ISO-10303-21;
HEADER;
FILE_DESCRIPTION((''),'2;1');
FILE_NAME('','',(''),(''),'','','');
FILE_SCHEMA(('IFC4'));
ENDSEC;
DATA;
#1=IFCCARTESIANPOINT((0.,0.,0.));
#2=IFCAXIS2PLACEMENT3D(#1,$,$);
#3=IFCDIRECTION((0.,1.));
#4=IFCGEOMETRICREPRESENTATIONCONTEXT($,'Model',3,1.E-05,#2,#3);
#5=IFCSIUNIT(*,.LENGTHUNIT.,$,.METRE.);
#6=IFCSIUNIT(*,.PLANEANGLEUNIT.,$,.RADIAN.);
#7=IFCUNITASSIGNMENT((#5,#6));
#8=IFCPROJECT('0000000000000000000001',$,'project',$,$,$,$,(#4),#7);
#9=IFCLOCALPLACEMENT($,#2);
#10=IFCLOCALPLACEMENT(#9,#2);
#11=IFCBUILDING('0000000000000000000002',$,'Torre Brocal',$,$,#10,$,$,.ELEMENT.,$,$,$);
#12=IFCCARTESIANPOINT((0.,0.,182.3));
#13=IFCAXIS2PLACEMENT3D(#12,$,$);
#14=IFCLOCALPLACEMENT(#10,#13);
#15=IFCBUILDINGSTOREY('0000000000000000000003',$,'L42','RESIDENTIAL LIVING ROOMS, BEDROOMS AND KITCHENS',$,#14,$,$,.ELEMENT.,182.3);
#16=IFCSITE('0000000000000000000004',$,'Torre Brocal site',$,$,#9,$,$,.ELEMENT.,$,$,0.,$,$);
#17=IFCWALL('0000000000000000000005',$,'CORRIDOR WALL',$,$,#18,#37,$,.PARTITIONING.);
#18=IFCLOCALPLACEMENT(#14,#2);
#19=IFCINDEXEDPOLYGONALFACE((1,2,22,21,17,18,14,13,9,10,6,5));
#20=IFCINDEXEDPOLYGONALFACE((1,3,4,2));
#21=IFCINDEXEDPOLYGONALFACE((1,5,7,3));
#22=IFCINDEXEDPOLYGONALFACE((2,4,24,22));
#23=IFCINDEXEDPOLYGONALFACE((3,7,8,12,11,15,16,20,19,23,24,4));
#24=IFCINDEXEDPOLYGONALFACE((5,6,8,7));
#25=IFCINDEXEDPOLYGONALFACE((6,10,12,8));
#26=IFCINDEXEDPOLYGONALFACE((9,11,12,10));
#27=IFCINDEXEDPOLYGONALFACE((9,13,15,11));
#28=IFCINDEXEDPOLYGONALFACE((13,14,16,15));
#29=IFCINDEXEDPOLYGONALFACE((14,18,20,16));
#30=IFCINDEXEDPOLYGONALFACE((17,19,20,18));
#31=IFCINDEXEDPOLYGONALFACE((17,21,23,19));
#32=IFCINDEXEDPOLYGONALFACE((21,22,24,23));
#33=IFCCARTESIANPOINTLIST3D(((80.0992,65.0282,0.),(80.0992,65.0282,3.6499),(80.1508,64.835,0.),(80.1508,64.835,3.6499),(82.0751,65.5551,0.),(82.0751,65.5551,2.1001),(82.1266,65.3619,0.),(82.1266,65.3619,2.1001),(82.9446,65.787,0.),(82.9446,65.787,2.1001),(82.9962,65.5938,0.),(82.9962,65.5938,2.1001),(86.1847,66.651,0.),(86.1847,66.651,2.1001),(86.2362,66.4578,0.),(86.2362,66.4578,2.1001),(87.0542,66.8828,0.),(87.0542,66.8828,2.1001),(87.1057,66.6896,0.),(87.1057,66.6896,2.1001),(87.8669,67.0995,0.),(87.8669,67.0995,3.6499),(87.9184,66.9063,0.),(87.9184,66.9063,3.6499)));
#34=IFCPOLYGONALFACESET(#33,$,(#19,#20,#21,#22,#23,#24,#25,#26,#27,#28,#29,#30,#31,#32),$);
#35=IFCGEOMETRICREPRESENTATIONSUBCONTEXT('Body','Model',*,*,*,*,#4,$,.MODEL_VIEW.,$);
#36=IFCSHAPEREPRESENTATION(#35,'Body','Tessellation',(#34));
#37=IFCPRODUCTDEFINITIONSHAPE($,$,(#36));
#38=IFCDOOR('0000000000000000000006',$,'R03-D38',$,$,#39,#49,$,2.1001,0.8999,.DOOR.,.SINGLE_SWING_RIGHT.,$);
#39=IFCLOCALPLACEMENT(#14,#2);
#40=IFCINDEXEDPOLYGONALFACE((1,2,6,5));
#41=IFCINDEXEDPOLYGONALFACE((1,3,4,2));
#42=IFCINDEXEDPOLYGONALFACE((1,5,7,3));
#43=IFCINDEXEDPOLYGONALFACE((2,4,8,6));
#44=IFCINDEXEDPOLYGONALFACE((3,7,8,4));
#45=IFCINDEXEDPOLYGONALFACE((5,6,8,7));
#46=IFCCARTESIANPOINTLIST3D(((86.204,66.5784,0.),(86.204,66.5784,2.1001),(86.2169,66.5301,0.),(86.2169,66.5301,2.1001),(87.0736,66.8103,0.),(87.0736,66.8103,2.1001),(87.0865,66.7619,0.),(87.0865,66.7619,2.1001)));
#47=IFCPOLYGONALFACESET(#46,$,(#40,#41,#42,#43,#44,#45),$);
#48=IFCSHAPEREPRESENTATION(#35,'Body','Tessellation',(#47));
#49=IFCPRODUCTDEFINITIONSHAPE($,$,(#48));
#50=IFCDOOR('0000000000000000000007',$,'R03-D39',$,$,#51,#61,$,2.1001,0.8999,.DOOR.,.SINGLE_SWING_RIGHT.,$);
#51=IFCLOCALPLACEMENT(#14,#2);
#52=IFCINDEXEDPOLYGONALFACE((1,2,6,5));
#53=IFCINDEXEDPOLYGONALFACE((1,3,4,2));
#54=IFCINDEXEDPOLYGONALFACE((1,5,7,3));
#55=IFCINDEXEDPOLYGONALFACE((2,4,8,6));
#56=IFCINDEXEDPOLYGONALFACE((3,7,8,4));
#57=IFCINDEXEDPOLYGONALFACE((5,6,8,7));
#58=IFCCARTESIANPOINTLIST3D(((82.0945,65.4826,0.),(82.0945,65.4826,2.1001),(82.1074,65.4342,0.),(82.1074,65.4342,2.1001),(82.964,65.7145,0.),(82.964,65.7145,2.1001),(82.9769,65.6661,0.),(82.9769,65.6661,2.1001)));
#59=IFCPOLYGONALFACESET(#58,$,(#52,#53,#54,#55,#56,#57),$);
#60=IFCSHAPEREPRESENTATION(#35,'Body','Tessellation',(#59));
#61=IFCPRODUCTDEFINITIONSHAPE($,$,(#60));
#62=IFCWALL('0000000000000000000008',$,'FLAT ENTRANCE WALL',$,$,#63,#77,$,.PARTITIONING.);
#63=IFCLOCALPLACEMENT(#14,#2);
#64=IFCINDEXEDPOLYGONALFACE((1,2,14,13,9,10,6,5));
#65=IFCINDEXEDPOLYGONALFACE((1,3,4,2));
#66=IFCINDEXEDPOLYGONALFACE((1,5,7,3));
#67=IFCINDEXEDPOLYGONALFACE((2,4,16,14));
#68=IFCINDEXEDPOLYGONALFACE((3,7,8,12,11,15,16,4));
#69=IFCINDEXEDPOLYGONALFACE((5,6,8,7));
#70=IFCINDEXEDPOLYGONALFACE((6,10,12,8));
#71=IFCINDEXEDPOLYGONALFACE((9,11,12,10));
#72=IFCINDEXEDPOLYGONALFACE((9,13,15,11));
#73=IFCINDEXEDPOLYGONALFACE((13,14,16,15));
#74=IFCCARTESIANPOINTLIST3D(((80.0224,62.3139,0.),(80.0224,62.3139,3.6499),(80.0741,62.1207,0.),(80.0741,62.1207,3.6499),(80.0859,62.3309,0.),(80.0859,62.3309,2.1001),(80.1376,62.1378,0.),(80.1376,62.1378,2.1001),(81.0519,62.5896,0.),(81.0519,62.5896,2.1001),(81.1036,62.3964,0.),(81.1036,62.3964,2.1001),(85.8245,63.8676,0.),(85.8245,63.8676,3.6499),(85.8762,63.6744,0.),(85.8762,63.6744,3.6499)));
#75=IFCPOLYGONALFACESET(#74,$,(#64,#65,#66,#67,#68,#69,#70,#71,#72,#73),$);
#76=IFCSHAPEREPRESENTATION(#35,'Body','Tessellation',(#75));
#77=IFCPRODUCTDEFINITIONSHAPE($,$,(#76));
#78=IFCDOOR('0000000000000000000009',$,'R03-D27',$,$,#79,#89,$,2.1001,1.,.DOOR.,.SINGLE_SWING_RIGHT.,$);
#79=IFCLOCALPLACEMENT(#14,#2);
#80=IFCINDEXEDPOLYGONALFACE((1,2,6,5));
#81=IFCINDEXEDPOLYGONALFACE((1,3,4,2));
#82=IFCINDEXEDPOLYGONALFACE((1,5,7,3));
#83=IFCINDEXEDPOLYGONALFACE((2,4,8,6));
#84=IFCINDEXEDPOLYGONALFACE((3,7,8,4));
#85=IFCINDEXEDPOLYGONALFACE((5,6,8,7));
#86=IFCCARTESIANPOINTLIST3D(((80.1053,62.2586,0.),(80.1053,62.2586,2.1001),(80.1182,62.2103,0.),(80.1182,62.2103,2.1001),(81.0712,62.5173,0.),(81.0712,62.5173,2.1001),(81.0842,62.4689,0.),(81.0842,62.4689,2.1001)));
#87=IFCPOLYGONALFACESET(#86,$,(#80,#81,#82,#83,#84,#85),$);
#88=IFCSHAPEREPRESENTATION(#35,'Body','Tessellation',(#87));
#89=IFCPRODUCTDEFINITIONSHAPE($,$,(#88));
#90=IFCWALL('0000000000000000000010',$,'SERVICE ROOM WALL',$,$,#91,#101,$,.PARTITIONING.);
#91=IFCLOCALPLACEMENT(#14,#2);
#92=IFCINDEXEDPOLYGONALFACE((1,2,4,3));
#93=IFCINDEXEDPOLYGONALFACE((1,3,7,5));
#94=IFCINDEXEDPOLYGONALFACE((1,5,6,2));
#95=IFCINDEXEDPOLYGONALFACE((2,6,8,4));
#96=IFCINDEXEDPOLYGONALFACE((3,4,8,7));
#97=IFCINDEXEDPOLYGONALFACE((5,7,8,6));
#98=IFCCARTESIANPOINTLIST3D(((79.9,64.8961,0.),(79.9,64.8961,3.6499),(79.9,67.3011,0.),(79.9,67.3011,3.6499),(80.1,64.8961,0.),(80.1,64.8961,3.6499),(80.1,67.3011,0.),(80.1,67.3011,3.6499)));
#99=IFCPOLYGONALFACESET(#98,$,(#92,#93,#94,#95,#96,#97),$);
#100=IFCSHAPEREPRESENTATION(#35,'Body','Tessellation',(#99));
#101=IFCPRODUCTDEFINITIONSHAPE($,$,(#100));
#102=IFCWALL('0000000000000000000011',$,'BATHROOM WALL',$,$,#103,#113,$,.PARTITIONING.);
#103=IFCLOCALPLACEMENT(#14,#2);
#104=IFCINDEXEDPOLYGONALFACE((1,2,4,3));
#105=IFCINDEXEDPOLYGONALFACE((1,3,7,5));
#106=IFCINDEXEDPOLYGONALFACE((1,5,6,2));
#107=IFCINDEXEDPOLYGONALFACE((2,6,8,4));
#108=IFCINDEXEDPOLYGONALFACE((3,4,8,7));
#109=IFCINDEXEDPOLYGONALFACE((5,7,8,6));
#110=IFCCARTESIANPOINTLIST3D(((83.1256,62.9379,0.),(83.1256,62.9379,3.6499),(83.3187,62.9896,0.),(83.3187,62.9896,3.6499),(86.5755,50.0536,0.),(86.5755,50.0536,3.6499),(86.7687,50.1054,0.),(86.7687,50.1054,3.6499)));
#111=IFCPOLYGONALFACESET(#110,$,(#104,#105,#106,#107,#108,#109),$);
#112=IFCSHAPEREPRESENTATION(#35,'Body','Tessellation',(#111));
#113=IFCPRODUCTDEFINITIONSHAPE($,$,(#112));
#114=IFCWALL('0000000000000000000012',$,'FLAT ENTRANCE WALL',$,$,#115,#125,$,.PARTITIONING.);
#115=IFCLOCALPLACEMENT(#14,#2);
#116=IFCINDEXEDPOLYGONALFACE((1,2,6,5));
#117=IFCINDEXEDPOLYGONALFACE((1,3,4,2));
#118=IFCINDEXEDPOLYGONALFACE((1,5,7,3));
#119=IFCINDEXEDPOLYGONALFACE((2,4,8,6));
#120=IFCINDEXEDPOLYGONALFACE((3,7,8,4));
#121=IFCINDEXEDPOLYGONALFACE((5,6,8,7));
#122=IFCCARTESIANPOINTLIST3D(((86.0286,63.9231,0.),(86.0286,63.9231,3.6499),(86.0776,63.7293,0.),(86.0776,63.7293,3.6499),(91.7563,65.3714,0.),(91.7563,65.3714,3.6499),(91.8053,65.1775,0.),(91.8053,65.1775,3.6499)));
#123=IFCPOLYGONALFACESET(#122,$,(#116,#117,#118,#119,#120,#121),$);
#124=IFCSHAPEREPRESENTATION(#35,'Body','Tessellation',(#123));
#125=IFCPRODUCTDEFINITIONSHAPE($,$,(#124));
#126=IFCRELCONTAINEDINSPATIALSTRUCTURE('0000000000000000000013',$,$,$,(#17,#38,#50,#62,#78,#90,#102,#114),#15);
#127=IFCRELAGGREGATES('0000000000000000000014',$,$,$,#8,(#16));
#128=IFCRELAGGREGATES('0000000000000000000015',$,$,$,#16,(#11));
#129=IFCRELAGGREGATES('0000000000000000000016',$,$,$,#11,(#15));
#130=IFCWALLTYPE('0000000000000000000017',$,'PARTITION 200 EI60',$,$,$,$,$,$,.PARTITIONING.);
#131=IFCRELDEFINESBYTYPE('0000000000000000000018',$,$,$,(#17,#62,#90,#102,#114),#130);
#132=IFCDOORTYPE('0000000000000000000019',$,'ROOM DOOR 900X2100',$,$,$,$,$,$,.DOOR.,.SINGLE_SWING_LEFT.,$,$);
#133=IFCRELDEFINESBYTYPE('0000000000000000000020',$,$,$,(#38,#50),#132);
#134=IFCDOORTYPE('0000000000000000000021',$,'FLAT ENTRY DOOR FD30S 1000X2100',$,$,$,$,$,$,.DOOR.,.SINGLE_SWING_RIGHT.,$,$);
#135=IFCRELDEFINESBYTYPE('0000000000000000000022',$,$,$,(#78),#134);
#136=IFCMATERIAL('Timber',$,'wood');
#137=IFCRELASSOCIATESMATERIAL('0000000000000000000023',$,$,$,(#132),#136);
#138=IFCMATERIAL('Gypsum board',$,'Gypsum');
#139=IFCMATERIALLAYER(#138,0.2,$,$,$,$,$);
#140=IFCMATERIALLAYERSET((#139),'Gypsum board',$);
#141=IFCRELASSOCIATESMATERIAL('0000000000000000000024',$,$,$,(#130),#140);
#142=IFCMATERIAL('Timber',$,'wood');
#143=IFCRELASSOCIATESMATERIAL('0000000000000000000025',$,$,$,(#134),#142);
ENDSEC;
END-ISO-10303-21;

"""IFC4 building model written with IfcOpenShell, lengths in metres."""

from ifc_helpers import new_model, si_unit, direction, frame, frame_2d, origin, place, context, subcontext, project, spatial, rectangle, extrude, material, layer, layer_set, type_object, element, fill, save


model = new_model("IFC4")

# Units and contexts
model_context = context("Model", 3, precision=1e-05, world=origin(), true_north=direction((0.0, 1.0)))
body_context = subcontext(model_context, "Body", "Model", "MODEL_VIEW")
ifc_project = project(units=[si_unit("LENGTHUNIT", "METRE"), si_unit("PLANEANGLEUNIT", "RADIAN")], contexts=[model_context])

# Site, building, storey
site_placement = place(None, origin())
site = spatial("IfcSite", under=ifc_project, at=site_placement, Name="Torre Brocal site", CompositionType="ELEMENT", RefElevation=0.0)
building_placement = place(site_placement, origin())
building = spatial("IfcBuilding", under=site, at=building_placement, Name="Torre Brocal", CompositionType="ELEMENT")
storey_placement = place(building_placement, frame((0.0, 0.0, 182.3)))
storey = spatial("IfcBuildingStorey", under=building, at=storey_placement, Name="L42", Description="RESIDENTIAL LIVING ROOMS, BEDROOMS AND KITCHENS", CompositionType="ELEMENT", Elevation=182.3)

# Shared definitions
ifc_material_1 = material(Name="Timber", Category="wood")
door_type_1 = type_object("IfcDoorType", Name="ROOM DOOR 900X2100", OperationType="SINGLE_SWING_LEFT", PredefinedType="DOOR", material=ifc_material_1)

# Wall, openings, doors
ifc_material_2 = material(Name="Gypsum board", Category="Gypsum")
ifc_layer_1 = layer(ifc_material_2, 0.2)
ifc_layer_set_1 = layer_set([ifc_layer_1], Name="Gypsum board")
wall_type_1 = type_object("IfcWallType", Name="PARTITION 200 EI60", PredefinedType="PARTITIONING", material=ifc_layer_set_1)
wall_1_placement = place(storey_placement, frame((80.125, 64.9316, 0.0), z_axis=(0.0, 0.0, 1.0), x_axis=(0.966237, 0.257655, 0.0)))
wall_1 = element("IfcWall", 1, at=wall_1_placement, inside=storey, type_object=wall_type_1, Name="CORRIDOR WALL", PredefinedType="PARTITIONING", context=body_context, shape_type="SweptSolid", body=[
    extrude(rectangle(XDim=8.0391, YDim=0.2, at=frame_2d((4.0195, 0.0))), origin(), (0.0, 0.0, 1.0), 3.6499),
])
opening_1_placement = place(wall_1_placement, frame((6.2981, 0.0, 0.0)))
opening_1 = element("IfcOpeningElement", 2, at=opening_1_placement, cuts=wall_1, PredefinedType="OPENING", context=body_context, shape_type="SweptSolid", body=[
    extrude(rectangle(XDim=0.8999, YDim=2.1001, at=frame_2d((0.45, 1.05))), frame((0.0, 0.1099, 0.0), z_axis=(0.0, -1.0, 0.0), x_axis=(1.0, 0.0, 0.0)), (0.0, 0.0, 1.0), 0.22),
])
opening_2_placement = place(wall_1_placement, frame((2.0449, 0.0, 0.0)))
opening_2 = element("IfcOpeningElement", 3, at=opening_2_placement, cuts=wall_1, PredefinedType="OPENING", context=body_context, shape_type="SweptSolid", body=[
    extrude(rectangle(XDim=0.8999, YDim=2.1001, at=frame_2d((0.45, 1.05))), frame((0.0, 0.1099, 0.0), z_axis=(0.0, -1.0, 0.0), x_axis=(1.0, 0.0, 0.0)), (0.0, 0.0, 1.0), 0.22),
])
door_1_placement = place(opening_1_placement, origin())
door_1 = element("IfcDoor", 4, at=door_1_placement, inside=storey, type_object=door_type_1, Name="R03-D38", OperationType="SINGLE_SWING_RIGHT", OverallHeight=2.1001, OverallWidth=0.8999, PredefinedType="DOOR", context=body_context, shape_type="SweptSolid", body=[
    extrude(rectangle(XDim=0.8999, YDim=2.1001, at=frame_2d((0.45, 1.05))), frame((0.0, 0.0249, 0.0), z_axis=(0.0, -1.0, 0.0), x_axis=(1.0, 0.0, 0.0)), (0.0, 0.0, 1.0), 0.05),
])
fill(opening_1, door_1)
door_2_placement = place(opening_2_placement, origin())
door_2 = element("IfcDoor", 5, at=door_2_placement, inside=storey, type_object=door_type_1, Name="R03-D39", OperationType="SINGLE_SWING_RIGHT", OverallHeight=2.1001, OverallWidth=0.8999, PredefinedType="DOOR", context=body_context, shape_type="SweptSolid", body=[
    extrude(rectangle(XDim=0.8999, YDim=2.1001, at=frame_2d((0.45, 1.05))), frame((0.0, 0.0249, 0.0), z_axis=(0.0, -1.0, 0.0), x_axis=(1.0, 0.0, 0.0)), (0.0, 0.0, 1.0), 0.05),
])
fill(opening_2, door_2)

# Wall, opening, door
wall_2_placement = place(storey_placement, frame((80.0481, 62.2173, 0.0), z_axis=(0.0, 0.0, 1.0), x_axis=(0.965967, 0.258664, 0.0)))
wall_2 = element("IfcWall", 6, at=wall_2_placement, inside=storey, type_object=wall_type_1, Name="FLAT ENTRANCE WALL", PredefinedType="PARTITIONING", context=body_context, shape_type="SweptSolid", body=[
    extrude(rectangle(XDim=6.0066, YDim=0.2, at=frame_2d((3.0034, 0.0))), origin(), (0.0, 0.0, 1.0), 3.6499),
])
opening_3_placement = place(wall_2_placement, frame((0.0659, 0.0, 0.0)))
opening_3 = element("IfcOpeningElement", 7, at=opening_3_placement, cuts=wall_2, PredefinedType="OPENING", context=body_context, shape_type="SweptSolid", body=[
    extrude(rectangle(XDim=1.0, YDim=2.1001, at=frame_2d((0.5, 1.05))), frame((0.0, 0.1099, 0.0), z_axis=(0.0, -1.0, 0.0), x_axis=(1.0, 0.0, 0.0)), (0.0, 0.0, 1.0), 0.22),
])
ifc_material_3 = material(Name="Timber", Category="wood")
door_type_2 = type_object("IfcDoorType", Name="FLAT ENTRY DOOR FD30S 1000X2100", OperationType="SINGLE_SWING_RIGHT", PredefinedType="DOOR", material=ifc_material_3)
door_3_placement = place(opening_3_placement, frame((1.0, 0.0, 0.0), z_axis=(0.0, 0.0, 1.0), x_axis=(-1.0, 0.0, 0.0)))
door_3 = element("IfcDoor", 8, at=door_3_placement, inside=storey, type_object=door_type_2, Name="R03-D27", OperationType="SINGLE_SWING_RIGHT", OverallHeight=2.1001, OverallWidth=1.0, PredefinedType="DOOR", context=body_context, shape_type="SweptSolid", body=[
    extrude(rectangle(XDim=1.0, YDim=2.1001, at=frame_2d((0.5, 1.05))), frame((0.0, 0.0249, 0.0), z_axis=(0.0, -1.0, 0.0), x_axis=(1.0, 0.0, 0.0)), (0.0, 0.0, 1.0), 0.05),
])
fill(opening_3, door_3)

# Walls
wall_3_placement = place(storey_placement, frame((80.0, 64.896, 0.0), z_axis=(0.0, 0.0, 1.0), x_axis=(0.0, 1.0, 0.0)))
element("IfcWall", 9, at=wall_3_placement, inside=storey, type_object=wall_type_1, Name="SERVICE ROOM WALL", PredefinedType="PARTITIONING", context=body_context, shape_type="SweptSolid", body=[
    extrude(rectangle(XDim=2.405, YDim=0.2, at=frame_2d((1.2026, 0.0))), origin(), (0.0, 0.0, 1.0), 3.6499),
])
wall_4_placement = place(storey_placement, frame((83.2222, 62.9636, 0.0), z_axis=(0.0, 0.0, 1.0), x_axis=(0.258653, -0.96597, 0.0)))
element("IfcWall", 10, at=wall_4_placement, inside=storey, type_object=wall_type_1, Name="BATHROOM WALL", PredefinedType="PARTITIONING", context=body_context, shape_type="SweptSolid", body=[
    extrude(rectangle(XDim=13.3381, YDim=0.2, at=frame_2d((6.6689, 0.0))), origin(), (0.0, 0.0, 1.0), 3.6499),
])
wall_5_placement = place(storey_placement, frame((86.053, 63.8262, 0.0), z_axis=(0.0, 0.0, 1.0), x_axis=(0.96949, 0.245131, 0.0)))
element("IfcWall", 11, at=wall_5_placement, inside=storey, type_object=wall_type_1, Name="FLAT ENTRANCE WALL", PredefinedType="PARTITIONING", context=body_context, shape_type="SweptSolid", body=[
    extrude(rectangle(XDim=5.908, YDim=0.2, at=frame_2d((2.9541, 0.0))), origin(), (0.0, 0.0, 1.0), 3.6499),
])

save(model, "model.ifc")
